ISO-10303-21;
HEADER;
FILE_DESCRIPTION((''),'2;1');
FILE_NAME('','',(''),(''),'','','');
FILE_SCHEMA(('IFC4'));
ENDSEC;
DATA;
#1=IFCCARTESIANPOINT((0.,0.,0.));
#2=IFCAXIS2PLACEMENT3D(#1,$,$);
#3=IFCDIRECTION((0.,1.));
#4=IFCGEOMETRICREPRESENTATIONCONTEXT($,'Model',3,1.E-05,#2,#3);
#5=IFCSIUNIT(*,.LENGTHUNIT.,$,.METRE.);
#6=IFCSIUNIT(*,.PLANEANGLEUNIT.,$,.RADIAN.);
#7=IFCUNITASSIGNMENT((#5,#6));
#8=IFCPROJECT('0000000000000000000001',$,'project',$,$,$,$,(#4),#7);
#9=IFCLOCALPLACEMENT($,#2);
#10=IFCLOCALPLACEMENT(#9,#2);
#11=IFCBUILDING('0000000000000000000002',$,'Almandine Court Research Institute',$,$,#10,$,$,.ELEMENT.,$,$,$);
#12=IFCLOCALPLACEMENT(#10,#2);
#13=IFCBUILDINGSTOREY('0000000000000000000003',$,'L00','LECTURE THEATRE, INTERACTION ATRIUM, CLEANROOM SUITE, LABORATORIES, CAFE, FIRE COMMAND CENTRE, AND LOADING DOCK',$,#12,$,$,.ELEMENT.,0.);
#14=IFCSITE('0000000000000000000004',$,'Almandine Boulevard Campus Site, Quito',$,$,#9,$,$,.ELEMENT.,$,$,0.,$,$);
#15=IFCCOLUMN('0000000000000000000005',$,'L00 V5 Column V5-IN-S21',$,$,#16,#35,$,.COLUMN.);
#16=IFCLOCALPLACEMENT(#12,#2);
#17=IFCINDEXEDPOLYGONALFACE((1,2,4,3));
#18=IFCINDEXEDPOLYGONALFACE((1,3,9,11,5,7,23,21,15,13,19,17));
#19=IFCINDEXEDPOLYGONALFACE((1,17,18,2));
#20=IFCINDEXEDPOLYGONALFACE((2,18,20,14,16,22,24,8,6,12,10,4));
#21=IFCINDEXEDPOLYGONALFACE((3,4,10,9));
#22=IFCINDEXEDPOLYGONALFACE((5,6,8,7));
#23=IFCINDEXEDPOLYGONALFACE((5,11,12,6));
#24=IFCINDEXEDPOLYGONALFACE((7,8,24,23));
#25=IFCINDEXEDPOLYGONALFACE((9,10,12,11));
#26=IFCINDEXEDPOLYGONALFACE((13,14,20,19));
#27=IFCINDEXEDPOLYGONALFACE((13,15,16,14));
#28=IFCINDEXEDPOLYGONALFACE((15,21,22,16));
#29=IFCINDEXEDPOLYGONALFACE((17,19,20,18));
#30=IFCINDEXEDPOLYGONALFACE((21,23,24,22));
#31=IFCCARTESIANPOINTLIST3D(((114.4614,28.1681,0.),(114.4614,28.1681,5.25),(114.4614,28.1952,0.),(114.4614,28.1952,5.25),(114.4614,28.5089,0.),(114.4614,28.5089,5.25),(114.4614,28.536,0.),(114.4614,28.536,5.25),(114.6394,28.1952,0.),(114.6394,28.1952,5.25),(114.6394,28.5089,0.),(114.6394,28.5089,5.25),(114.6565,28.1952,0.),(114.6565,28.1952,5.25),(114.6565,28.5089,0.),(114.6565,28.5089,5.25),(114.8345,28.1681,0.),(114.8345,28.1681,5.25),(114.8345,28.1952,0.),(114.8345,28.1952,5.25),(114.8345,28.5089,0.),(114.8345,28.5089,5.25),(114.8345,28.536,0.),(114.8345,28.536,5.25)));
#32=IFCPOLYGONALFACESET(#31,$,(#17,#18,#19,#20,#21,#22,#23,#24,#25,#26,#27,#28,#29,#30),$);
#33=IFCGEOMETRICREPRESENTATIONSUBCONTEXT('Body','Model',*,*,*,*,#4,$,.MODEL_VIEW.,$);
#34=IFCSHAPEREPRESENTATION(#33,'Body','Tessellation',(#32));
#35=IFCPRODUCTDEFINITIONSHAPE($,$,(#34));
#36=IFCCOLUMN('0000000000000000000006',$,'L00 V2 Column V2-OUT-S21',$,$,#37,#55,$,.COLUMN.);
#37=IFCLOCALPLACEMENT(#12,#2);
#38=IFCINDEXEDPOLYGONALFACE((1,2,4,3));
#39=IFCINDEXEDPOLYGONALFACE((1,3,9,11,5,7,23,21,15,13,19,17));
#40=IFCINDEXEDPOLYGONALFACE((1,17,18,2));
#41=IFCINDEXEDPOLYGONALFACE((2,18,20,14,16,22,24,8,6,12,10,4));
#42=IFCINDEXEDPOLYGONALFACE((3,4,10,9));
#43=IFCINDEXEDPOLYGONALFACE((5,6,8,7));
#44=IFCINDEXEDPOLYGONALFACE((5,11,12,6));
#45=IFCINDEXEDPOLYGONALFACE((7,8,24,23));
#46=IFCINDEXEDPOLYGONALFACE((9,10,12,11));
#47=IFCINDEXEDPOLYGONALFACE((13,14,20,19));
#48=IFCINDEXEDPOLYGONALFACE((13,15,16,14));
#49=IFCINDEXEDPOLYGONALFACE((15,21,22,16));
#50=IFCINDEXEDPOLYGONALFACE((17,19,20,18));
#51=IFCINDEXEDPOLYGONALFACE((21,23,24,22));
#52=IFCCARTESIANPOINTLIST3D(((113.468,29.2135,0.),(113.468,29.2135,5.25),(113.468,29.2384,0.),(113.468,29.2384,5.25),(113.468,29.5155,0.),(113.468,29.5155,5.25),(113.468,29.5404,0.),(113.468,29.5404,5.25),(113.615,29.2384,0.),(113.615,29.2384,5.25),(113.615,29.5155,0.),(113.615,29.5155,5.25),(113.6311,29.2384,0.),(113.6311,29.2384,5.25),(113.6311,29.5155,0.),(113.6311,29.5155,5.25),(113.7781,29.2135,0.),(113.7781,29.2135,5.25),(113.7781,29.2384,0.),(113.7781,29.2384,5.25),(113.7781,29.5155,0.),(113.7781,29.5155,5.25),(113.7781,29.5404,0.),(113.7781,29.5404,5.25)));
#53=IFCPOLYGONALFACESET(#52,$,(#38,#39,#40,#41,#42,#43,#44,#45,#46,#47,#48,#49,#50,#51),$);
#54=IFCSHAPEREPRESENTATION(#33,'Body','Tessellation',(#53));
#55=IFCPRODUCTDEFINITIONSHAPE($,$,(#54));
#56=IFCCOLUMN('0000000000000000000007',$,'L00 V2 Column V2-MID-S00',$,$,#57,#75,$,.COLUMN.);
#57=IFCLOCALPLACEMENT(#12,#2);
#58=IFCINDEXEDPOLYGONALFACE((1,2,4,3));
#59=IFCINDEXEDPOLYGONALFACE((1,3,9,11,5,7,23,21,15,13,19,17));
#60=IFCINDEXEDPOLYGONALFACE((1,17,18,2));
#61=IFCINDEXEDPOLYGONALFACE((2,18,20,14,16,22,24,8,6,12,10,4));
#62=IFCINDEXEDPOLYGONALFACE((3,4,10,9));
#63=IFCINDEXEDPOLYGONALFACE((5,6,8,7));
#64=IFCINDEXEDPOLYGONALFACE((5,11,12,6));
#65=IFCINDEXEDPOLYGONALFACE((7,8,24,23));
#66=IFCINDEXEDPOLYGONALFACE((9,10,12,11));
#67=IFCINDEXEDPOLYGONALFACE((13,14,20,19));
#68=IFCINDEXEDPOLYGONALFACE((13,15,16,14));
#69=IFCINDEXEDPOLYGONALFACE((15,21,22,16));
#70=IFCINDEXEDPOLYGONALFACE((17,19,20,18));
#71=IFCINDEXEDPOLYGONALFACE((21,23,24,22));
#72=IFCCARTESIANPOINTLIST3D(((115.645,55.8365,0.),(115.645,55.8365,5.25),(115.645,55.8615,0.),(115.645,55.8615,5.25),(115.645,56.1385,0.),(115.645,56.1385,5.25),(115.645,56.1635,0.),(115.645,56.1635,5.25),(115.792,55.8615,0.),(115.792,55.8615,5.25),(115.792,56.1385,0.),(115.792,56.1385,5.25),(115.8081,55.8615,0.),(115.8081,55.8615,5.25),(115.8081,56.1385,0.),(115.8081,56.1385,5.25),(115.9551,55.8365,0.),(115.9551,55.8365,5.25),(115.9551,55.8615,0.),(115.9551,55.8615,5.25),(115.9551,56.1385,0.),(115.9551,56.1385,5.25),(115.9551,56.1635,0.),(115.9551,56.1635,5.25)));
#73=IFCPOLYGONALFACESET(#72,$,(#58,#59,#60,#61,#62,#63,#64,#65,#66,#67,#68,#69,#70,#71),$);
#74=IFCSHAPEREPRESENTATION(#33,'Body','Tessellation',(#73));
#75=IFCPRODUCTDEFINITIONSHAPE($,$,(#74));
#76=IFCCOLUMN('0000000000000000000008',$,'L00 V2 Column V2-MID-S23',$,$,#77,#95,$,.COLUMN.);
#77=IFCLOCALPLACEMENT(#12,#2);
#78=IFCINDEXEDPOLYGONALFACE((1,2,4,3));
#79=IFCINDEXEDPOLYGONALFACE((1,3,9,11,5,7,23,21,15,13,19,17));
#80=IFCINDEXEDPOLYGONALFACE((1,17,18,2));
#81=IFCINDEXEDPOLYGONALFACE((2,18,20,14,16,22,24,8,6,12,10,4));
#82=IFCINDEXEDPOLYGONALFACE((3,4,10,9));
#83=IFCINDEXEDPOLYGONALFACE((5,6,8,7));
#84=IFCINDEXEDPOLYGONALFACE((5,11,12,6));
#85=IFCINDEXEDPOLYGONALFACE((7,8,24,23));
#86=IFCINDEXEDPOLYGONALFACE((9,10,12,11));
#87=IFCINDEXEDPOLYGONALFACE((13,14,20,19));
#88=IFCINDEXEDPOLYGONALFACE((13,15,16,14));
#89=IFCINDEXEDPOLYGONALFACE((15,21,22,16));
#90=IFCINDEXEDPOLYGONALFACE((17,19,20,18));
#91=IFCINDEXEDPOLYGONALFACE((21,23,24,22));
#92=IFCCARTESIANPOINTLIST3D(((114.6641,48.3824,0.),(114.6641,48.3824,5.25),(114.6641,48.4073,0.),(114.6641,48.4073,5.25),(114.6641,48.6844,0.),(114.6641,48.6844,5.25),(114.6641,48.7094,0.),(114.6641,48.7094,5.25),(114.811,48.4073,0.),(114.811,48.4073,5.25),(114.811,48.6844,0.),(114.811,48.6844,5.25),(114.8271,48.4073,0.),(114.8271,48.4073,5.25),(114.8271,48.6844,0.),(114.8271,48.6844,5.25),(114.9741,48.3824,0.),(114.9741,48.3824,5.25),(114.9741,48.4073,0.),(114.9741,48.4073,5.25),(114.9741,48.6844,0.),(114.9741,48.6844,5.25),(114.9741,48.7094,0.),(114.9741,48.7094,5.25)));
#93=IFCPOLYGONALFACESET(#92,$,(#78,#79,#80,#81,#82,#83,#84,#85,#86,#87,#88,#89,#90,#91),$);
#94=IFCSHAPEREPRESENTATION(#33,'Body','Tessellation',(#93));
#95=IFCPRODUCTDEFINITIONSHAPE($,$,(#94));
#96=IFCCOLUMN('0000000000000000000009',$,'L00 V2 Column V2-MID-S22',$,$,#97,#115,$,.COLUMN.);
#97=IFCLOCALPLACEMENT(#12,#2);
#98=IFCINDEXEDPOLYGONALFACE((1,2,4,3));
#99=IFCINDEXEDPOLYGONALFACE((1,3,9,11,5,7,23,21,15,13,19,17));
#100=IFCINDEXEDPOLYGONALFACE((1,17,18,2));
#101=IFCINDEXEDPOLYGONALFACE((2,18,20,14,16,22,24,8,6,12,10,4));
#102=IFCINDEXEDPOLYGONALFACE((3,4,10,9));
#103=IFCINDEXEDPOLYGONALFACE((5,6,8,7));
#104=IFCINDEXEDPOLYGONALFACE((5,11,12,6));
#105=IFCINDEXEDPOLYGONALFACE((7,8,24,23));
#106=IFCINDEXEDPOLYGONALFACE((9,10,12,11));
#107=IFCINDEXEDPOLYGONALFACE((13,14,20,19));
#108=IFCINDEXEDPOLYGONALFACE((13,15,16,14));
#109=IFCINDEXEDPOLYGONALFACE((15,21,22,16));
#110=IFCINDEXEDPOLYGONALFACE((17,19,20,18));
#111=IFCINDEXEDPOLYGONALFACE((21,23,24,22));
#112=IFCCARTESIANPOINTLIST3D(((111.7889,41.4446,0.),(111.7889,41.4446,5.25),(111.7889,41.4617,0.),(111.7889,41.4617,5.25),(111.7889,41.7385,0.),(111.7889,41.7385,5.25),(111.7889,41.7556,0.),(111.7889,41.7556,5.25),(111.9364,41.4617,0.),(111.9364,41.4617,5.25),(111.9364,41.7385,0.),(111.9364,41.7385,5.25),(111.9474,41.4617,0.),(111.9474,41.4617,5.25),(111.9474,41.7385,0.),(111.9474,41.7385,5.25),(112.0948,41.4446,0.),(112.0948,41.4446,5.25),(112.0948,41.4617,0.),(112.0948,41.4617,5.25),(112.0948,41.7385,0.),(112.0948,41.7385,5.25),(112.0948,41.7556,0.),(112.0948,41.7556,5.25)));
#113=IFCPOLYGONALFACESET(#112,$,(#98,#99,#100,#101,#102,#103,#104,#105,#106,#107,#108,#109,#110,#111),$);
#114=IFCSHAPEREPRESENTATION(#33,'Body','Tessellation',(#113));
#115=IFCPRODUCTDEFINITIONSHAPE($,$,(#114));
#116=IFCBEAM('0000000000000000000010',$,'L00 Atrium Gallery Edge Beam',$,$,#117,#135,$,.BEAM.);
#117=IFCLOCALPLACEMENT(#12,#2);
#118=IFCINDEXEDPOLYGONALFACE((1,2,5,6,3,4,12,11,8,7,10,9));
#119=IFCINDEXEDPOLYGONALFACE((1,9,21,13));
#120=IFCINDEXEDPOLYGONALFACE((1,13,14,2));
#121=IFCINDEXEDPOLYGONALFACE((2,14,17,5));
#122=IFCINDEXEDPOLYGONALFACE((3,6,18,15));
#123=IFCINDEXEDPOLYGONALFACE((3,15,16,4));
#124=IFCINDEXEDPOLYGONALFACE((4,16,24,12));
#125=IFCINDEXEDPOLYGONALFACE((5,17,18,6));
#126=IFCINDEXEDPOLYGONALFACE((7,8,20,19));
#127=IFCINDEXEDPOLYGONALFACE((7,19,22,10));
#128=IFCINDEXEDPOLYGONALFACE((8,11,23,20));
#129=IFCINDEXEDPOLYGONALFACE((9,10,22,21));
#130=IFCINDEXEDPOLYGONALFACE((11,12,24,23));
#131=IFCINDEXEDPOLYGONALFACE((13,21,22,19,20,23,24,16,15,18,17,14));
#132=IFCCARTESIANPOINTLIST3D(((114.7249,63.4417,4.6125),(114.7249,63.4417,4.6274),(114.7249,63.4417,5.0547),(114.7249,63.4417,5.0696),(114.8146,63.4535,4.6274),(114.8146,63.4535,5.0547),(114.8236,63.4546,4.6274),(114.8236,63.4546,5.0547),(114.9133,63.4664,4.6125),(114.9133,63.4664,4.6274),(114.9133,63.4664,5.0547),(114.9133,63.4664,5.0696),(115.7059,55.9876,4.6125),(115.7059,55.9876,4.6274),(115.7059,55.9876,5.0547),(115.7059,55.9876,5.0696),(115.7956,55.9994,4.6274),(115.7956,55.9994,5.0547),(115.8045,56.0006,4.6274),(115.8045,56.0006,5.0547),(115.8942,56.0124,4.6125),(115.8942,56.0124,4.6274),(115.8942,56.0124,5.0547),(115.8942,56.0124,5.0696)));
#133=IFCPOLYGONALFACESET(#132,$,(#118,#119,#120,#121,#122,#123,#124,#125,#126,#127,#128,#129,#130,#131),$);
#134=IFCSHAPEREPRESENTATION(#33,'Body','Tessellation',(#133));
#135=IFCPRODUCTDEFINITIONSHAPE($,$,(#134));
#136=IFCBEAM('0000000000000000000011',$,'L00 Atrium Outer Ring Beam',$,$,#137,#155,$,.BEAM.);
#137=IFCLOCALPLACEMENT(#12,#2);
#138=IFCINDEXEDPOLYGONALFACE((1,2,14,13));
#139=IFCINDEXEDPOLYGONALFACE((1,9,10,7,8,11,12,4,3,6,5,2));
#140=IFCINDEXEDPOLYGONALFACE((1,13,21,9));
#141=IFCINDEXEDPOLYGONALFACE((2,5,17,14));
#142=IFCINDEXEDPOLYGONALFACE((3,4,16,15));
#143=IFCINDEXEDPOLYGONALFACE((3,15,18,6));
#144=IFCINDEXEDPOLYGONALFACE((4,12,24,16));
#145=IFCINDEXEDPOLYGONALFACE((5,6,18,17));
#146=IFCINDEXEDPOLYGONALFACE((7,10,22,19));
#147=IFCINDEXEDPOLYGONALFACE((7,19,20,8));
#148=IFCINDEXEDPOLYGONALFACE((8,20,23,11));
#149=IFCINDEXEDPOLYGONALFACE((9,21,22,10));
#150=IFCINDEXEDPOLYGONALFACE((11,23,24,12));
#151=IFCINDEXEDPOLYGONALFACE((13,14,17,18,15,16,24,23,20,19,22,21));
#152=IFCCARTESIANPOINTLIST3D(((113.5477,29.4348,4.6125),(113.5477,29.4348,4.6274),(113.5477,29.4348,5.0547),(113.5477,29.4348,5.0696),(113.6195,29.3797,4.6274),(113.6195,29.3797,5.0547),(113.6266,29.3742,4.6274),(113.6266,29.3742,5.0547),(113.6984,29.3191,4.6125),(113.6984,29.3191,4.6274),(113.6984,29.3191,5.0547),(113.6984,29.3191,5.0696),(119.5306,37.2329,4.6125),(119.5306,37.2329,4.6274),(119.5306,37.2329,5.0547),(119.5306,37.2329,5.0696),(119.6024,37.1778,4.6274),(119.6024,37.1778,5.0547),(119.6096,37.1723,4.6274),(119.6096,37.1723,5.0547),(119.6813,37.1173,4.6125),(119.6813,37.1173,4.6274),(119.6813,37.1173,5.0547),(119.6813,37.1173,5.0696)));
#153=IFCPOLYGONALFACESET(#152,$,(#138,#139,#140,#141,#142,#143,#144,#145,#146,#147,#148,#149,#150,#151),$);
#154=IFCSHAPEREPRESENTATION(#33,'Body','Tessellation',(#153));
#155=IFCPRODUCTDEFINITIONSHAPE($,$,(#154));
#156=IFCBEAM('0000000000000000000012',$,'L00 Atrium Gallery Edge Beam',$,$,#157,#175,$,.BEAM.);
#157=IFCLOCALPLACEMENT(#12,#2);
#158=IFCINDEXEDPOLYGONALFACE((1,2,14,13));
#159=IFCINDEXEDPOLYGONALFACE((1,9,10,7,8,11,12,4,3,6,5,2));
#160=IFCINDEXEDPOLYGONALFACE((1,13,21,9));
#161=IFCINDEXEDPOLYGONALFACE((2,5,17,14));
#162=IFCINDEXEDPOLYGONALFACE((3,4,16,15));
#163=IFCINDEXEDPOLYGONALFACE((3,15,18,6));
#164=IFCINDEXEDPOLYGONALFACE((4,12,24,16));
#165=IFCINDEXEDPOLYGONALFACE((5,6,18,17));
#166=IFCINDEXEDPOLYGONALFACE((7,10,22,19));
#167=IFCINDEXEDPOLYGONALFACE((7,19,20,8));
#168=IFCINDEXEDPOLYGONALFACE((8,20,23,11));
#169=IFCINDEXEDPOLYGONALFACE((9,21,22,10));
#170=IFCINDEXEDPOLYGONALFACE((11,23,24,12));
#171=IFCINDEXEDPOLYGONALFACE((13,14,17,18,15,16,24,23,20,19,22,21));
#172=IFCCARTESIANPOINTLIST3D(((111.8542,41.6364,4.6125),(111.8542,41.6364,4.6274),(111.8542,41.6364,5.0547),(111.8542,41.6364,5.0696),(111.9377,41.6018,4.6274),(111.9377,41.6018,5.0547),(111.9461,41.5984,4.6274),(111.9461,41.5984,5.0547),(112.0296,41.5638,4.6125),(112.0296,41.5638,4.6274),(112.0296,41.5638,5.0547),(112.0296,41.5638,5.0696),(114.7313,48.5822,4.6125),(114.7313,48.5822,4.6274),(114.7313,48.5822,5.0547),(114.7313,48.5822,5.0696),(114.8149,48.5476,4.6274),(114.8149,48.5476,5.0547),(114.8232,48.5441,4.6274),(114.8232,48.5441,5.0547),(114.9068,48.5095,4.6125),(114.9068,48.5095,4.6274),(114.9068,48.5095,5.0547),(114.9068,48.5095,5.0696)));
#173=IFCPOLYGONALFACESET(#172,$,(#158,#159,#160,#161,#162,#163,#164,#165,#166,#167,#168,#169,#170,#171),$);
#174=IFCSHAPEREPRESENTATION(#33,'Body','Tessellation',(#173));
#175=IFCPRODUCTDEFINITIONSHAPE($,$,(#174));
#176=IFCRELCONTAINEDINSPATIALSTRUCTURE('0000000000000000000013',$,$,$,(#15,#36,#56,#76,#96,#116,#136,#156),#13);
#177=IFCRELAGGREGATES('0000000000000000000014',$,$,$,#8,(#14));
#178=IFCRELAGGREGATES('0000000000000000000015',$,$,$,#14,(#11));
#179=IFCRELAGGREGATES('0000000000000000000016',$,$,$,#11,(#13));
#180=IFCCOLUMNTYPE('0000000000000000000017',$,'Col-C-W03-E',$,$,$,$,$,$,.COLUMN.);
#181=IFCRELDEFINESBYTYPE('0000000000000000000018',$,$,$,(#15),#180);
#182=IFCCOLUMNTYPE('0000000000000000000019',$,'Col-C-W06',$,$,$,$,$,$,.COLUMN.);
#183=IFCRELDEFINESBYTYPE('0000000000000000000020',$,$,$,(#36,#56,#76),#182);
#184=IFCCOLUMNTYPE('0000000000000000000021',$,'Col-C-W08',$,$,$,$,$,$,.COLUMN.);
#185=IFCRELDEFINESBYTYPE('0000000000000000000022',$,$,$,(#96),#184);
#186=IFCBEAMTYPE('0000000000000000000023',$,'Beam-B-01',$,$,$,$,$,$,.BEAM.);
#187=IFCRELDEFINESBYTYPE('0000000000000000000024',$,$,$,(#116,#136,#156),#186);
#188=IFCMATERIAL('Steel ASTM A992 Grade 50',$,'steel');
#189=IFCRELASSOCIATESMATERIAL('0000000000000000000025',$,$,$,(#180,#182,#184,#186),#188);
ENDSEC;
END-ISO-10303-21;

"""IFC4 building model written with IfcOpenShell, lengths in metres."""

from ifc_helpers import new_model, si_unit, direction, frame, origin, origin_2d, place, context, subcontext, project, spatial, i_section, extrude, material, material_profile, profile_set, type_object, element, save


model = new_model("IFC4")

# Units and contexts
model_context = context("Model", 3, precision=1e-05, world=origin(), true_north=direction((0.0, 1.0)))
body_context = subcontext(model_context, "Body", "Model", "MODEL_VIEW")
ifc_project = project(units=[si_unit("LENGTHUNIT", "METRE"), si_unit("PLANEANGLEUNIT", "RADIAN")], contexts=[model_context])

# Site, building, storey
site_placement = place(None, origin())
site = spatial("IfcSite", under=ifc_project, at=site_placement, Name="Almandine Boulevard Campus Site, Quito", CompositionType="ELEMENT", RefElevation=0.0)
building_placement = place(site_placement, origin())
building = spatial("IfcBuilding", under=site, at=building_placement, Name="Almandine Court Research Institute", CompositionType="ELEMENT")
storey_placement = place(building_placement, origin())
storey = spatial("IfcBuildingStorey", under=building, at=storey_placement, Name="L00", Description="LECTURE THEATRE, INTERACTION ATRIUM, CLEANROOM SUITE, LABORATORIES, CAFE, FIRE COMMAND CENTRE, AND LOADING DOCK", CompositionType="ELEMENT", Elevation=0.0)

# Columns
ifc_material_1 = material(Name="Steel ASTM A992 Grade 50", Category="steel")
ifc_material_profile_1 = material_profile(ifc_material_1, i_section(OverallWidth=0.373, OverallDepth=0.3679, WebThickness=0.0171, FlangeThickness=0.0271, at=origin_2d()), Name="W360x179")
ifc_profile_set_1 = profile_set([ifc_material_profile_1], Name="Steel ASTM A992 Grade 50")
column_type_1 = type_object("IfcColumnType", Name="Col-C-W03-E", PredefinedType="COLUMN", material=ifc_profile_set_1)
column_1_placement = place(storey_placement, frame((114.6479, 28.3521, 0.0), z_axis=(0.0, 0.0, 1.0), x_axis=(1.0, 0.0, 0.0)))
element("IfcColumn", 1, at=column_1_placement, inside=storey, type_object=column_type_1, Name="L00 V5 Column V5-IN-S21", PredefinedType="COLUMN", context=body_context, shape_type="SweptSolid", body=[
    extrude(i_section(OverallWidth=0.373, OverallDepth=0.3679, WebThickness=0.0171, FlangeThickness=0.0271, at=origin_2d()), origin(), (0.0, 0.0, 1.0), 5.25),
])
ifc_material_profile_2 = material_profile(ifc_material_1, i_section(OverallWidth=0.3101, OverallDepth=0.3269, WebThickness=0.0161, FlangeThickness=0.0249, at=origin_2d()), Name="W310x158")
ifc_profile_set_2 = profile_set([ifc_material_profile_2], Name="Steel ASTM A992 Grade 50")
column_type_2 = type_object("IfcColumnType", Name="Col-C-W06", PredefinedType="COLUMN", material=ifc_profile_set_2)
for number, where, z_axis, x_axis, name in (
    (2, (113.623, 29.377, 0.0), (0.0, 0.0, 1.0), (1.0, 0.0, 0.0), "L00 V2 Column V2-OUT-S21"),
    (3, (115.8, 56.0, 0.0), (0.0, 0.0, 1.0), (1.0, 0.0, 0.0), "L00 V2 Column V2-MID-S00"),
    (4, (114.8191, 48.5459, 0.0), (0.0, 0.0, 1.0), (1.0, 0.0, 0.0), "L00 V2 Column V2-MID-S23"),
):
    element("IfcColumn", number, at=place(storey_placement, frame(where, z_axis=z_axis, x_axis=x_axis)), inside=storey, type_object=column_type_2, Name=name, PredefinedType="COLUMN", context=body_context, shape_type="SweptSolid", body=[
        extrude(i_section(OverallWidth=0.3101, OverallDepth=0.3269, WebThickness=0.0161, FlangeThickness=0.0249, at=origin_2d()), origin(), (0.0, 0.0, 1.0), 5.25),
    ])
ifc_material_profile_3 = material_profile(ifc_material_1, i_section(OverallWidth=0.3059, OverallDepth=0.311, WebThickness=0.011, FlangeThickness=0.0171, at=origin_2d()), Name="W310x107")
ifc_profile_set_3 = profile_set([ifc_material_profile_3], Name="Steel ASTM A992 Grade 50")
column_type_3 = type_object("IfcColumnType", Name="Col-C-W08", PredefinedType="COLUMN", material=ifc_profile_set_3)
column_2_placement = place(storey_placement, frame((111.9419, 41.6001, 0.0), z_axis=(0.0, 0.0, 1.0), x_axis=(1.0, 0.0, 0.0)))
element("IfcColumn", 5, at=column_2_placement, inside=storey, type_object=column_type_3, Name="L00 V2 Column V2-MID-S22", PredefinedType="COLUMN", context=body_context, shape_type="SweptSolid", body=[
    extrude(i_section(OverallWidth=0.3059, OverallDepth=0.311, WebThickness=0.011, FlangeThickness=0.0171, at=origin_2d()), origin(), (0.0, 0.0, 1.0), 5.25),
])

# Beams
ifc_material_profile_4 = material_profile(ifc_material_1, i_section(OverallWidth=0.1899, OverallDepth=0.457, WebThickness=0.009, FlangeThickness=0.0149, at=origin_2d()), Name="W460x74")
ifc_profile_set_4 = profile_set([ifc_material_profile_4], Name="Steel ASTM A992 Grade 50")
beam_type_1 = type_object("IfcBeamType", Name="Beam-B-01", PredefinedType="BEAM", material=ifc_profile_set_4)
beam_1_placement = place(storey_placement, frame((115.8, 56.0, 4.8411), z_axis=(-0.130475, 0.991452, 0.0), x_axis=(-0.991452, -0.130475, 0.0)))
element("IfcBeam", 6, at=beam_1_placement, inside=storey, type_object=beam_type_1, Name="L00 Atrium Gallery Edge Beam", PredefinedType="BEAM", context=body_context, shape_type="SweptSolid", body=[
    extrude(i_section(OverallWidth=0.1899, OverallDepth=0.457, WebThickness=0.009, FlangeThickness=0.0149, at=origin_2d()), origin(), (0.0, 0.0, 1.0), 7.5183),
])
beam_2_placement = place(storey_placement, frame((113.623, 29.377, 4.8411), z_axis=(0.608712, 0.793392, 0.0), x_axis=(-0.793392, 0.608712, 0.0)))
element("IfcBeam", 7, at=beam_2_placement, inside=storey, type_object=beam_type_1, Name="L00 Atrium Outer Ring Beam", PredefinedType="BEAM", context=body_context, shape_type="SweptSolid", body=[
    extrude(i_section(OverallWidth=0.1899, OverallDepth=0.457, WebThickness=0.009, FlangeThickness=0.0149, at=origin_2d()), origin(), (0.0, 0.0, 1.0), 9.8289),
])
beam_3_placement = place(storey_placement, frame((111.9419, 41.6001, 4.8411), z_axis=(0.382701, 0.923872, 0.0), x_axis=(-0.923872, 0.382701, 0.0)))
element("IfcBeam", 8, at=beam_3_placement, inside=storey, type_object=beam_type_1, Name="L00 Atrium Gallery Edge Beam", PredefinedType="BEAM", context=body_context, shape_type="SweptSolid", body=[
    extrude(i_section(OverallWidth=0.1899, OverallDepth=0.457, WebThickness=0.009, FlangeThickness=0.0149, at=origin_2d()), origin(), (0.0, 0.0, 1.0), 7.5181),
])

save(model, "model.ifc")
